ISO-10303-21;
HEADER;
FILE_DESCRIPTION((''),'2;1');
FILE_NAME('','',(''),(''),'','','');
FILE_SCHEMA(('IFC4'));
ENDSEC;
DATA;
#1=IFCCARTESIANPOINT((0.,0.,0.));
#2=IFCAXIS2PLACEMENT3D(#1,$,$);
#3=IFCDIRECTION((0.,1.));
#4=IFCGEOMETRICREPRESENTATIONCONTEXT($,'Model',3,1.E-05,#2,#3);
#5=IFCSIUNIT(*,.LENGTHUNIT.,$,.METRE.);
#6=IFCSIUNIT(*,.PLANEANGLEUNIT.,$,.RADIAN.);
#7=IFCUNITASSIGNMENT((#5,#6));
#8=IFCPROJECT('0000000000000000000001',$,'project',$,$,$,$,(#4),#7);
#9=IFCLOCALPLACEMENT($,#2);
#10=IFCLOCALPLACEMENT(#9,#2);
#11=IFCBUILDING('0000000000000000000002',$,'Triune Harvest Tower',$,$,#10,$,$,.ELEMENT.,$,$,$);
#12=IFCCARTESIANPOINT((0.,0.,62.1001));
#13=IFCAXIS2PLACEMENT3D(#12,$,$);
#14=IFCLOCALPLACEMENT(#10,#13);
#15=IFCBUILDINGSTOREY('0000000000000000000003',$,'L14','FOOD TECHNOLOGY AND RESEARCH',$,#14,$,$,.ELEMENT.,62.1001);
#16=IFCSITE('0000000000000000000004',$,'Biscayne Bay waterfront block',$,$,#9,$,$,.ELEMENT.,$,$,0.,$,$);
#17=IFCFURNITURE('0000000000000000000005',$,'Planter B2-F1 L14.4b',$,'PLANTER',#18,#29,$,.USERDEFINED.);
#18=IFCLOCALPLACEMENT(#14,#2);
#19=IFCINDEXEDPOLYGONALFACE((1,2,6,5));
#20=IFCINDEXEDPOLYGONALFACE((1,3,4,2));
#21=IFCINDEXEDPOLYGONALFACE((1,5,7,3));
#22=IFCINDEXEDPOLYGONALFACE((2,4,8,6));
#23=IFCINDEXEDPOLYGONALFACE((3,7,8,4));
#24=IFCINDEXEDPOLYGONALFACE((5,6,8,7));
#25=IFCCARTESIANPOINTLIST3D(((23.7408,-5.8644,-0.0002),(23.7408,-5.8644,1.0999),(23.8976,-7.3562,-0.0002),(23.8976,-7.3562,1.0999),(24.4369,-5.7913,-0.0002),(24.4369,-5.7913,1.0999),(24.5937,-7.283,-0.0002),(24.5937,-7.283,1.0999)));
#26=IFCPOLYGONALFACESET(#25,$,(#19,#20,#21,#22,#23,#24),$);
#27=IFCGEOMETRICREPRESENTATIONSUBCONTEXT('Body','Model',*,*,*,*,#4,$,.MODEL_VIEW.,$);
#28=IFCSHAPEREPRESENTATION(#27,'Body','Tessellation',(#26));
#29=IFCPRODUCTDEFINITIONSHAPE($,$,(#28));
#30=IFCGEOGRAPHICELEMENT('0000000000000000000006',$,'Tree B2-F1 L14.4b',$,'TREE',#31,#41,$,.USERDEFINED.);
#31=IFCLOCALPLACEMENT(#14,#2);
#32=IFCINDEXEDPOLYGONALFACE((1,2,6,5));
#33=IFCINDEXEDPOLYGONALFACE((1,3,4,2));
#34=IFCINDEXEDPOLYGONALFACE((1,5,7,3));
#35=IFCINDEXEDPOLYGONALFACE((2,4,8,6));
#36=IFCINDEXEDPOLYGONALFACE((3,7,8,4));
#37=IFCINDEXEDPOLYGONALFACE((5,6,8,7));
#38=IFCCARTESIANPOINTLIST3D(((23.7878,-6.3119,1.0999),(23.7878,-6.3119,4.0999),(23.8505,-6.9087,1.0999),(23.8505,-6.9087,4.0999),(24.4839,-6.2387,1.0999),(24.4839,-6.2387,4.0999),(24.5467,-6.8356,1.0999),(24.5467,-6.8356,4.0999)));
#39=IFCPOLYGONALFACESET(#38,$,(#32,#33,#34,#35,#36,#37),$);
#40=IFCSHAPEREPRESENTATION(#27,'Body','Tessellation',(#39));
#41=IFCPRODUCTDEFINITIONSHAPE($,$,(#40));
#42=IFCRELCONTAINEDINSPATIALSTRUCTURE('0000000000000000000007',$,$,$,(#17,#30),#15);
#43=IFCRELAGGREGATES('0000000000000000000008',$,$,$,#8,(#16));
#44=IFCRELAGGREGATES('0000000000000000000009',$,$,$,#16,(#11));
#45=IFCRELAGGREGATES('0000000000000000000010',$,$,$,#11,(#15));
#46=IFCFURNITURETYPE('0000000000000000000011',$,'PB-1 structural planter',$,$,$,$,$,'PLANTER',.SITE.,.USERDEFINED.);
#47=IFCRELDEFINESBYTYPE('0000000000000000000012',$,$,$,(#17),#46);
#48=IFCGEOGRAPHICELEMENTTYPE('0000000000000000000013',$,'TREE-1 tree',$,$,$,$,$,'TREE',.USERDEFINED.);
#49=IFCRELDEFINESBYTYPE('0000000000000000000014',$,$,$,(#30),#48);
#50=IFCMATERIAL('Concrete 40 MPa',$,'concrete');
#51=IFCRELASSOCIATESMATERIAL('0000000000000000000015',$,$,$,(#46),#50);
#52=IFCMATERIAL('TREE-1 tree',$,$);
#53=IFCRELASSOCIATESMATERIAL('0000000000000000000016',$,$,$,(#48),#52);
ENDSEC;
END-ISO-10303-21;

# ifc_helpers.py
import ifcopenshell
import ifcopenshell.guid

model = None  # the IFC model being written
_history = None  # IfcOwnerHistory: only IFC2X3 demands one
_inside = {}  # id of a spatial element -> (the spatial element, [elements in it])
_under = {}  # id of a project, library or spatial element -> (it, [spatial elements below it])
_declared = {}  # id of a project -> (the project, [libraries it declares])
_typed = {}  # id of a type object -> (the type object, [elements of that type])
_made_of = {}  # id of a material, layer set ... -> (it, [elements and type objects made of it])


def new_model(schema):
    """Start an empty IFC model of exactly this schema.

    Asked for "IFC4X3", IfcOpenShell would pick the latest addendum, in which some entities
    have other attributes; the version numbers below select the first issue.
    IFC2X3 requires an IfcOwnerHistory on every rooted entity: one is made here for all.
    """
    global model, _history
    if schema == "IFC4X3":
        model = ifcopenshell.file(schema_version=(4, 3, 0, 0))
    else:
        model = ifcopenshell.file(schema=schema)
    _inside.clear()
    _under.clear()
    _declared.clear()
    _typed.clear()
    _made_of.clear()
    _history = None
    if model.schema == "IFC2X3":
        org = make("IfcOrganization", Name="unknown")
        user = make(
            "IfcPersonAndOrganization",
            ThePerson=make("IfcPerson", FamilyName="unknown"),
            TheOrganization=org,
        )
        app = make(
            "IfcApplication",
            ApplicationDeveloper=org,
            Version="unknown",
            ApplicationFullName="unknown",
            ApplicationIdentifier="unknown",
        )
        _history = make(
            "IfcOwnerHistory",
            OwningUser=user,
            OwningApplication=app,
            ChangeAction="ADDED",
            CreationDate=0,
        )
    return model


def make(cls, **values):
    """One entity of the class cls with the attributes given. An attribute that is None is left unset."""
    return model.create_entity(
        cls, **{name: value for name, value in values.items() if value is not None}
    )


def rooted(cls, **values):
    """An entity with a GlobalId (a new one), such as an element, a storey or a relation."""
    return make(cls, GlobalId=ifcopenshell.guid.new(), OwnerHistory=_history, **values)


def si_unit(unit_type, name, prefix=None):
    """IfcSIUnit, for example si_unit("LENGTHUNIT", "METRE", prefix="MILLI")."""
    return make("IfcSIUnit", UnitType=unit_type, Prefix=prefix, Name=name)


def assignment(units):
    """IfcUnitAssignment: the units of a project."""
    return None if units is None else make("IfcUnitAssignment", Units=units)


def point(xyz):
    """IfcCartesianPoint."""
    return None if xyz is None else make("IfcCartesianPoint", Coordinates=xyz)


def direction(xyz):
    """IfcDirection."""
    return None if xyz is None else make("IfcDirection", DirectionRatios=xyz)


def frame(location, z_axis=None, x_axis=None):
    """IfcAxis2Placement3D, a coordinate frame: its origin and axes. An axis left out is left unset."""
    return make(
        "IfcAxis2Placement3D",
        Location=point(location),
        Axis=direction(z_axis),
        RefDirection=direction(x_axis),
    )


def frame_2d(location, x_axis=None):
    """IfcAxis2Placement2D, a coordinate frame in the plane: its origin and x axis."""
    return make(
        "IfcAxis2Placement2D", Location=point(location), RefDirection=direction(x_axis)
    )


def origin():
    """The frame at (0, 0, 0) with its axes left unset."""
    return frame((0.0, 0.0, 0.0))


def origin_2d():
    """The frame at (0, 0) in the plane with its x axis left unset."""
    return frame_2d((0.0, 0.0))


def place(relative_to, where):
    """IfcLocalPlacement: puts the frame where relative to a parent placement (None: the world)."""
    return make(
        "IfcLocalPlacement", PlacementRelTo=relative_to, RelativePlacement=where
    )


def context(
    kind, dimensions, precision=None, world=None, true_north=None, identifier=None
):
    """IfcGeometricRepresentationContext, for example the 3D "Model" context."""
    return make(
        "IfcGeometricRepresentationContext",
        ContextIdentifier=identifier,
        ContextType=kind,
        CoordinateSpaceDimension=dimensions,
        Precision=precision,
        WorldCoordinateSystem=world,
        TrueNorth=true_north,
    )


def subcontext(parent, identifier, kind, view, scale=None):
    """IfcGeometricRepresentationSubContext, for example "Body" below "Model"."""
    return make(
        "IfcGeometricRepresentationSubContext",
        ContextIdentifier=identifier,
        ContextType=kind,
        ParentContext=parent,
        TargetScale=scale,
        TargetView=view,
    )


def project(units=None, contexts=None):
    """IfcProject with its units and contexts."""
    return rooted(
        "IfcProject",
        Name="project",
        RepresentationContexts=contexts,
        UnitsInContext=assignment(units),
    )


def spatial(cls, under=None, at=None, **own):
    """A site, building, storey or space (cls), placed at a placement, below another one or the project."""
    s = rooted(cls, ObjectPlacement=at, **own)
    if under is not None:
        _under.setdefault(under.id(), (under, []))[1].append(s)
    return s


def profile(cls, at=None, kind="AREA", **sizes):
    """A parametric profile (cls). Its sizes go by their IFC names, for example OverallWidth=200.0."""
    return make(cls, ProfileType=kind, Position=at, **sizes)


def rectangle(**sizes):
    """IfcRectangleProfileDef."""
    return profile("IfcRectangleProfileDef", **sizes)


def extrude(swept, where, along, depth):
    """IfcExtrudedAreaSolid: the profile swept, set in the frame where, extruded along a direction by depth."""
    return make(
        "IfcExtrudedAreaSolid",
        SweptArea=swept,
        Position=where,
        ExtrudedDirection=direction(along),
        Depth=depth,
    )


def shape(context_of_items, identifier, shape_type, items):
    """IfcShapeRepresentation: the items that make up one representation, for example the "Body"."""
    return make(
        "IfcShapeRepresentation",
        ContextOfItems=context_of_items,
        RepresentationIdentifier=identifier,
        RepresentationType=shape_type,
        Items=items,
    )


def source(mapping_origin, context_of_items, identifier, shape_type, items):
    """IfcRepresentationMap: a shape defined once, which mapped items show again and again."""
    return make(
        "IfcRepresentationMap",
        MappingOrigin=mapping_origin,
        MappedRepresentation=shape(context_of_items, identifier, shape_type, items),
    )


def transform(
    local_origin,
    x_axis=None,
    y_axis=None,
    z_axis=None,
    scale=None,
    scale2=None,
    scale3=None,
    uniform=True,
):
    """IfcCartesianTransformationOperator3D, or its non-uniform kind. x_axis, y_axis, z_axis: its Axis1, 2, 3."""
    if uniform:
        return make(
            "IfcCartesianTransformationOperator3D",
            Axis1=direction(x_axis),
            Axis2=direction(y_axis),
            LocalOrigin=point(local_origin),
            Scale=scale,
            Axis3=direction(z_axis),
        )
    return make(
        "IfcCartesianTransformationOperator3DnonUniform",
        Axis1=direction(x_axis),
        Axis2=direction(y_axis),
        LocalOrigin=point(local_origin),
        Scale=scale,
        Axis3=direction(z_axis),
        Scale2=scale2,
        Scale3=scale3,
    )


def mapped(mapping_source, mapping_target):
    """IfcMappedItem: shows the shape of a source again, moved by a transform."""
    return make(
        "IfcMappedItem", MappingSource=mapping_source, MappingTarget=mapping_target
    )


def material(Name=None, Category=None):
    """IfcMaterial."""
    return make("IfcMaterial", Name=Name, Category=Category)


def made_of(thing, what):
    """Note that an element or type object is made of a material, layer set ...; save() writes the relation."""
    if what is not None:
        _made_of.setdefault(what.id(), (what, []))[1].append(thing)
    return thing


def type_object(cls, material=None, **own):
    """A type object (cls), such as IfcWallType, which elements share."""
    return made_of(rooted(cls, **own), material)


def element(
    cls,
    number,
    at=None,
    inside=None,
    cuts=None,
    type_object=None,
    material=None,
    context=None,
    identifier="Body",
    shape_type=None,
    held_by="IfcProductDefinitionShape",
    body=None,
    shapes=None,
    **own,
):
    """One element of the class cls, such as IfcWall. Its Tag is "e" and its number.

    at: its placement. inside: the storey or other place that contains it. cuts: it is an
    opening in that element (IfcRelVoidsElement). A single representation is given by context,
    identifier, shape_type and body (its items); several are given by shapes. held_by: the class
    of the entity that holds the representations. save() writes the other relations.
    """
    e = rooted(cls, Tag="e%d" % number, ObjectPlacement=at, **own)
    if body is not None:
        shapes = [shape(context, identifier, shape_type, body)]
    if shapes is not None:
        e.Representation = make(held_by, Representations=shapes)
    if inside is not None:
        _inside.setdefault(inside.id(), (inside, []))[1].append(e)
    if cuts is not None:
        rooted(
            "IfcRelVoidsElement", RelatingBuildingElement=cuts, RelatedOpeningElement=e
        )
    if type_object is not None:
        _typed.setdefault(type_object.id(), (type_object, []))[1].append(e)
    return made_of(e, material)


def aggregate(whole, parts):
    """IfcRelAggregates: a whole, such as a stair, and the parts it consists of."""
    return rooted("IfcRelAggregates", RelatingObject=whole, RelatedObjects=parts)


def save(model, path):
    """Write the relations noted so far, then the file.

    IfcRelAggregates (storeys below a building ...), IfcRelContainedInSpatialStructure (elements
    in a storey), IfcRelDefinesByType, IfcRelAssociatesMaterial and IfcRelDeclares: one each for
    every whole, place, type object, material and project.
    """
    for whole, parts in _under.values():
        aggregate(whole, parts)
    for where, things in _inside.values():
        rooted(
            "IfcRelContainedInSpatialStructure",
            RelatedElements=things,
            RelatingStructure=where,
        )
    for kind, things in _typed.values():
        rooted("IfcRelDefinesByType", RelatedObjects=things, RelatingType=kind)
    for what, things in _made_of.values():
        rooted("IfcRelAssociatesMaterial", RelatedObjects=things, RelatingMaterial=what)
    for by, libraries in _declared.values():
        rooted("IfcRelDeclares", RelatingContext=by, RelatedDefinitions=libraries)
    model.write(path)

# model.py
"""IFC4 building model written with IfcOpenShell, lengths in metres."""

from ifc_helpers import new_model, si_unit, direction, frame, origin, origin_2d, place, context, subcontext, project, spatial, rectangle, extrude, source, transform, mapped, material, type_object, element, save


model = new_model("IFC4")

# Units and contexts
model_context = context("Model", 3, precision=1e-05, world=origin(), true_north=direction((0.0, 1.0)))
body_context = subcontext(model_context, "Body", "Model", "MODEL_VIEW")
ifc_project = project(units=[si_unit("LENGTHUNIT", "METRE"), si_unit("PLANEANGLEUNIT", "RADIAN")], contexts=[model_context])

# Site, building, storey
site_placement = place(None, origin())
site = spatial("IfcSite", under=ifc_project, at=site_placement, Name="Biscayne Bay waterfront block", CompositionType="ELEMENT", RefElevation=0.0)
building_placement = place(site_placement, origin())
building = spatial("IfcBuilding", under=site, at=building_placement, Name="Triune Harvest Tower", CompositionType="ELEMENT")
storey_placement = place(building_placement, frame((0.0, 0.0, 62.1001)))
storey = spatial("IfcBuildingStorey", under=building, at=storey_placement, Name="L14", Description="FOOD TECHNOLOGY AND RESEARCH", CompositionType="ELEMENT", Elevation=62.1001)

# Furniture
ifc_material_1 = material(Name="Concrete 40 MPa", Category="concrete")
furniture_type = type_object("IfcFurnitureType", Name="PB-1 structural planter", ElementType="PLANTER", AssemblyPlace="SITE", PredefinedType="USERDEFINED", material=ifc_material_1)
shared_shape_1 = source(origin(), body_context, "Body", "SweptSolid", [
    extrude(rectangle(XDim=1.5, YDim=0.7, at=origin_2d()), origin(), (0.0, 0.0, 1.0), 1.1001),
])
furniture_placement = place(storey_placement, frame((24.1672, -6.5737, -0.0002), z_axis=(0.0, 0.0, 1.0), x_axis=(-0.104528, 0.994522, 0.0)))
element("IfcFurniture", 1, at=furniture_placement, inside=storey, type_object=furniture_type, Name="Planter B2-F1 L14.4b", ObjectType="PLANTER", PredefinedType="USERDEFINED", context=body_context, shape_type="MappedRepresentation", body=[
    mapped(shared_shape_1, transform((0.0, 0.0, 0.0), scale=1.0)),
])

# Geographic element
ifc_material_2 = material(Name="TREE-1 tree")
geographic_element_type = type_object("IfcGeographicElementType", Name="TREE-1 tree", ElementType="TREE", PredefinedType="USERDEFINED", material=ifc_material_2)
shared_shape_2 = source(origin(), body_context, "Body", "SweptSolid", [
    extrude(rectangle(XDim=0.6001, YDim=0.7, at=origin_2d()), origin(), (0.0, 0.0, 1.0), 3.0),
])
geographic_element_placement = place(storey_placement, frame((24.1672, -6.5737, 1.0999), z_axis=(0.0, 0.0, 1.0), x_axis=(-0.104528, 0.994522, 0.0)))
element("IfcGeographicElement", 2, at=geographic_element_placement, inside=storey, type_object=geographic_element_type, Name="Tree B2-F1 L14.4b", ObjectType="TREE", PredefinedType="USERDEFINED", context=body_context, shape_type="MappedRepresentation", body=[
    mapped(shared_shape_2, transform((0.0, 0.0, 0.0), scale=1.0)),
])

save(model, "model.ifc")
